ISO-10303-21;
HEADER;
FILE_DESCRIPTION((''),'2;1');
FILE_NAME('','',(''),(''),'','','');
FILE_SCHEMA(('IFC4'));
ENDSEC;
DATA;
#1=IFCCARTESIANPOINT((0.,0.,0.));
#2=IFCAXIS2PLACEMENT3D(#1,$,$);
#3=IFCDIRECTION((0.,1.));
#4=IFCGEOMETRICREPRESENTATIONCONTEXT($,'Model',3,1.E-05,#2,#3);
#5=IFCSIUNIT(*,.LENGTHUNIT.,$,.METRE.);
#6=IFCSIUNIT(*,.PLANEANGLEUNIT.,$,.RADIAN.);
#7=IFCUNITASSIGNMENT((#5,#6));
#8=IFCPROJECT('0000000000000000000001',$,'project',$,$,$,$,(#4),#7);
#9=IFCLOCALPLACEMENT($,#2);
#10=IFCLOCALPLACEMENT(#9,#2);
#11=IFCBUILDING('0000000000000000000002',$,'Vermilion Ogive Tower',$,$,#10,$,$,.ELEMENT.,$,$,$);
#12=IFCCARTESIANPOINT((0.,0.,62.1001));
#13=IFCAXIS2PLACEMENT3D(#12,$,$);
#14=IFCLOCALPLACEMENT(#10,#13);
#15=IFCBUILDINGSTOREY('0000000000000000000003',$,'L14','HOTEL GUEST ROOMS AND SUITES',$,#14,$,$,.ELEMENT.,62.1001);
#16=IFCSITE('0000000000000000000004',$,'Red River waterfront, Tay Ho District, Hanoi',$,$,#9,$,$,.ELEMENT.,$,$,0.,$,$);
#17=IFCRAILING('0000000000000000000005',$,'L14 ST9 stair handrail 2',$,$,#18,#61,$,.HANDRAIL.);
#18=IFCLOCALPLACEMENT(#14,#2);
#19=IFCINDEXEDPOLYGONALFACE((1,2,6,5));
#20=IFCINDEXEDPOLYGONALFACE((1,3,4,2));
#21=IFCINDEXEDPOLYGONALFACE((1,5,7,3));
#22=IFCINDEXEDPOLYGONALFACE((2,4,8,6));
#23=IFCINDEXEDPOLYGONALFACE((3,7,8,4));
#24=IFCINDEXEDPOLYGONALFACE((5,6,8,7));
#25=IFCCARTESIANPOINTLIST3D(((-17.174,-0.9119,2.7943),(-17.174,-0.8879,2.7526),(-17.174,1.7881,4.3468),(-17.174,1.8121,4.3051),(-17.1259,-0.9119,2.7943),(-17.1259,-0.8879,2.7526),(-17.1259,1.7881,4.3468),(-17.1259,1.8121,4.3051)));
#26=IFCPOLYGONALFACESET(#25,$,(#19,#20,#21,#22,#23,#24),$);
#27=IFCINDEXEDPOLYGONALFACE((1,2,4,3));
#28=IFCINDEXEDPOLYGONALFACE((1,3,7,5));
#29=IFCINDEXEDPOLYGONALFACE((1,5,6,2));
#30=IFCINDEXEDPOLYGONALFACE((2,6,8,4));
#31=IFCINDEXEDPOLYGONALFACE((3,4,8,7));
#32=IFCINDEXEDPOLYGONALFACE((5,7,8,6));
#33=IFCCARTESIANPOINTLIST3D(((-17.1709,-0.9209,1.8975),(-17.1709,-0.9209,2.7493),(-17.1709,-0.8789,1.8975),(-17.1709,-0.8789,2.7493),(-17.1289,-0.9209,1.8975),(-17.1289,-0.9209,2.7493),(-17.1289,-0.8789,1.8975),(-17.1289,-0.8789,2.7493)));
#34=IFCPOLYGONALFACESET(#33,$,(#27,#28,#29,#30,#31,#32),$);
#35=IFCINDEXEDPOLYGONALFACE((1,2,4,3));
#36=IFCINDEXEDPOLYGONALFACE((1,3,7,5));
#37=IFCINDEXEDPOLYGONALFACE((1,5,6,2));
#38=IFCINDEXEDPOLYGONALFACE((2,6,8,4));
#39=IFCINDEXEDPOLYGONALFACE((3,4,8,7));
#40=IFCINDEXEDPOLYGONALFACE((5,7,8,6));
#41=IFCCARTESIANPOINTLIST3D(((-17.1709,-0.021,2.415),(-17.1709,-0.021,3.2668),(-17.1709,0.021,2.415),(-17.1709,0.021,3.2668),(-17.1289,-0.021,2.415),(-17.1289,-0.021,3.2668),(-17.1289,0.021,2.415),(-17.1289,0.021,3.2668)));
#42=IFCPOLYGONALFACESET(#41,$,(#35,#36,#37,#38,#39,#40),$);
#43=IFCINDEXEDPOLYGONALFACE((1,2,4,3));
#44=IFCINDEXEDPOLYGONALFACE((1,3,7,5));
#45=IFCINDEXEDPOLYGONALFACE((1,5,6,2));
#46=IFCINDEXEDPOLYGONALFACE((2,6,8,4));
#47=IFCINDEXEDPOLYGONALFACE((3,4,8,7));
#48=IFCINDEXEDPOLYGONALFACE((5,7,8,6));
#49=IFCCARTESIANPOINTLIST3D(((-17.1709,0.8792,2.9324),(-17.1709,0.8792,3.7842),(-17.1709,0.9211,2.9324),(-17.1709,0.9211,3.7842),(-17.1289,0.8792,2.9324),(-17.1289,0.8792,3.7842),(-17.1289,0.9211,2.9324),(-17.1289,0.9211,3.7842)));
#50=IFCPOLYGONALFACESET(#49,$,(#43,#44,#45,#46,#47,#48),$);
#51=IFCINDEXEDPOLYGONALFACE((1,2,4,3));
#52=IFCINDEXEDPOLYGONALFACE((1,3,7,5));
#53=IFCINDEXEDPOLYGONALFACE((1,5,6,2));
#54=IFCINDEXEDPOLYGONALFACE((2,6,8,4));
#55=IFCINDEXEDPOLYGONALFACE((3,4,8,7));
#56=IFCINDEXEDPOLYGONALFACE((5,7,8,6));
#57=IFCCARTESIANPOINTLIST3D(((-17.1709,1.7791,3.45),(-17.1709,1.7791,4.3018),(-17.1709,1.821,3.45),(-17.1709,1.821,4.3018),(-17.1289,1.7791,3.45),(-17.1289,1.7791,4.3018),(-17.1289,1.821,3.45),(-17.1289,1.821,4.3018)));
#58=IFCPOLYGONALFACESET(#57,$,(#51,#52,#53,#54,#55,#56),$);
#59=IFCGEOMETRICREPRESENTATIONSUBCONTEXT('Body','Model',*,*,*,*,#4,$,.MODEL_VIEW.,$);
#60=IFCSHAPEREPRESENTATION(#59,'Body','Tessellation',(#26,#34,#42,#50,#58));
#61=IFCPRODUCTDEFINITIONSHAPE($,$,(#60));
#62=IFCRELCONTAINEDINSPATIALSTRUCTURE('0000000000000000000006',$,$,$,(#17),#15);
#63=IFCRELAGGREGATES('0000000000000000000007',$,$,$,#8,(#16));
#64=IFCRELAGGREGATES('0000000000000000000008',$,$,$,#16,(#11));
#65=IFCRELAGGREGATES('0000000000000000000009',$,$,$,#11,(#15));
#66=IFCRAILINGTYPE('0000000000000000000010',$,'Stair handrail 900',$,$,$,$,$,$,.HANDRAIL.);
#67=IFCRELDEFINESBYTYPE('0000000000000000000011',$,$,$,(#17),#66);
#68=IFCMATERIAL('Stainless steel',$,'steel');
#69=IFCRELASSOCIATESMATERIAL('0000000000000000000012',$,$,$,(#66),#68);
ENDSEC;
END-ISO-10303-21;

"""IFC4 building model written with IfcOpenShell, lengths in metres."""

from ifc_helpers import new_model, si_unit, direction, frame, origin, origin_2d, place, context, subcontext, project, spatial, rectangle, extrude, material, type_object, element, save


model = new_model("IFC4")

# Units and contexts
model_context = context("Model", 3, precision=1e-05, world=origin(), true_north=direction((0.0, 1.0)))
body_context = subcontext(model_context, "Body", "Model", "MODEL_VIEW")
ifc_project = project(units=[si_unit("LENGTHUNIT", "METRE"), si_unit("PLANEANGLEUNIT", "RADIAN")], contexts=[model_context])

# Site, building, storey
site_placement = place(None, origin())
site = spatial("IfcSite", under=ifc_project, at=site_placement, Name="Red River waterfront, Tay Ho District, Hanoi", CompositionType="ELEMENT", RefElevation=0.0)
building_placement = place(site_placement, origin())
building = spatial("IfcBuilding", under=site, at=building_placement, Name="Vermilion Ogive Tower", CompositionType="ELEMENT")
storey_placement = place(building_placement, frame((0.0, 0.0, 62.1001)))
storey = spatial("IfcBuildingStorey", under=building, at=storey_placement, Name="L14", Description="HOTEL GUEST ROOMS AND SUITES", CompositionType="ELEMENT", Elevation=62.1001)

# Railing
ifc_material_1 = material(Name="Stainless steel", Category="steel")
railing_type = type_object("IfcRailingType", Name="Stair handrail 900", PredefinedType="HANDRAIL", material=ifc_material_1)
railing_placement = place(storey_placement, frame((-17.1499, -0.8999, 1.8975)))
element("IfcRailing", 1, at=railing_placement, inside=storey, type_object=railing_type, Name="L14 ST9 stair handrail 2", PredefinedType="HANDRAIL", context=body_context, shape_type="SweptSolid", body=[
    extrude(rectangle(XDim=0.0481, YDim=0.0481, at=origin_2d()), frame((0.0, 0.0, 0.876), z_axis=(0.0, 0.866904, 0.498476), x_axis=(-1.0, 0.0, 0.0)), (0.0, 0.0, 1.0), 3.1145),
    extrude(rectangle(XDim=0.042, YDim=0.042, at=origin_2d()), origin(), (0.0, 0.0, 1.0), 0.8518),
    extrude(rectangle(XDim=0.042, YDim=0.042, at=origin_2d()), frame((0.0, 0.8999, 0.5176)), (0.0, 0.0, 1.0), 0.8518),
    extrude(rectangle(XDim=0.042, YDim=0.042, at=origin_2d()), frame((0.0, 1.8, 1.0349)), (0.0, 0.0, 1.0), 0.8518),
    extrude(rectangle(XDim=0.042, YDim=0.042, at=origin_2d()), frame((0.0, 2.7, 1.5525)), (0.0, 0.0, 1.0), 0.8518),
])

save(model, "model.ifc")
